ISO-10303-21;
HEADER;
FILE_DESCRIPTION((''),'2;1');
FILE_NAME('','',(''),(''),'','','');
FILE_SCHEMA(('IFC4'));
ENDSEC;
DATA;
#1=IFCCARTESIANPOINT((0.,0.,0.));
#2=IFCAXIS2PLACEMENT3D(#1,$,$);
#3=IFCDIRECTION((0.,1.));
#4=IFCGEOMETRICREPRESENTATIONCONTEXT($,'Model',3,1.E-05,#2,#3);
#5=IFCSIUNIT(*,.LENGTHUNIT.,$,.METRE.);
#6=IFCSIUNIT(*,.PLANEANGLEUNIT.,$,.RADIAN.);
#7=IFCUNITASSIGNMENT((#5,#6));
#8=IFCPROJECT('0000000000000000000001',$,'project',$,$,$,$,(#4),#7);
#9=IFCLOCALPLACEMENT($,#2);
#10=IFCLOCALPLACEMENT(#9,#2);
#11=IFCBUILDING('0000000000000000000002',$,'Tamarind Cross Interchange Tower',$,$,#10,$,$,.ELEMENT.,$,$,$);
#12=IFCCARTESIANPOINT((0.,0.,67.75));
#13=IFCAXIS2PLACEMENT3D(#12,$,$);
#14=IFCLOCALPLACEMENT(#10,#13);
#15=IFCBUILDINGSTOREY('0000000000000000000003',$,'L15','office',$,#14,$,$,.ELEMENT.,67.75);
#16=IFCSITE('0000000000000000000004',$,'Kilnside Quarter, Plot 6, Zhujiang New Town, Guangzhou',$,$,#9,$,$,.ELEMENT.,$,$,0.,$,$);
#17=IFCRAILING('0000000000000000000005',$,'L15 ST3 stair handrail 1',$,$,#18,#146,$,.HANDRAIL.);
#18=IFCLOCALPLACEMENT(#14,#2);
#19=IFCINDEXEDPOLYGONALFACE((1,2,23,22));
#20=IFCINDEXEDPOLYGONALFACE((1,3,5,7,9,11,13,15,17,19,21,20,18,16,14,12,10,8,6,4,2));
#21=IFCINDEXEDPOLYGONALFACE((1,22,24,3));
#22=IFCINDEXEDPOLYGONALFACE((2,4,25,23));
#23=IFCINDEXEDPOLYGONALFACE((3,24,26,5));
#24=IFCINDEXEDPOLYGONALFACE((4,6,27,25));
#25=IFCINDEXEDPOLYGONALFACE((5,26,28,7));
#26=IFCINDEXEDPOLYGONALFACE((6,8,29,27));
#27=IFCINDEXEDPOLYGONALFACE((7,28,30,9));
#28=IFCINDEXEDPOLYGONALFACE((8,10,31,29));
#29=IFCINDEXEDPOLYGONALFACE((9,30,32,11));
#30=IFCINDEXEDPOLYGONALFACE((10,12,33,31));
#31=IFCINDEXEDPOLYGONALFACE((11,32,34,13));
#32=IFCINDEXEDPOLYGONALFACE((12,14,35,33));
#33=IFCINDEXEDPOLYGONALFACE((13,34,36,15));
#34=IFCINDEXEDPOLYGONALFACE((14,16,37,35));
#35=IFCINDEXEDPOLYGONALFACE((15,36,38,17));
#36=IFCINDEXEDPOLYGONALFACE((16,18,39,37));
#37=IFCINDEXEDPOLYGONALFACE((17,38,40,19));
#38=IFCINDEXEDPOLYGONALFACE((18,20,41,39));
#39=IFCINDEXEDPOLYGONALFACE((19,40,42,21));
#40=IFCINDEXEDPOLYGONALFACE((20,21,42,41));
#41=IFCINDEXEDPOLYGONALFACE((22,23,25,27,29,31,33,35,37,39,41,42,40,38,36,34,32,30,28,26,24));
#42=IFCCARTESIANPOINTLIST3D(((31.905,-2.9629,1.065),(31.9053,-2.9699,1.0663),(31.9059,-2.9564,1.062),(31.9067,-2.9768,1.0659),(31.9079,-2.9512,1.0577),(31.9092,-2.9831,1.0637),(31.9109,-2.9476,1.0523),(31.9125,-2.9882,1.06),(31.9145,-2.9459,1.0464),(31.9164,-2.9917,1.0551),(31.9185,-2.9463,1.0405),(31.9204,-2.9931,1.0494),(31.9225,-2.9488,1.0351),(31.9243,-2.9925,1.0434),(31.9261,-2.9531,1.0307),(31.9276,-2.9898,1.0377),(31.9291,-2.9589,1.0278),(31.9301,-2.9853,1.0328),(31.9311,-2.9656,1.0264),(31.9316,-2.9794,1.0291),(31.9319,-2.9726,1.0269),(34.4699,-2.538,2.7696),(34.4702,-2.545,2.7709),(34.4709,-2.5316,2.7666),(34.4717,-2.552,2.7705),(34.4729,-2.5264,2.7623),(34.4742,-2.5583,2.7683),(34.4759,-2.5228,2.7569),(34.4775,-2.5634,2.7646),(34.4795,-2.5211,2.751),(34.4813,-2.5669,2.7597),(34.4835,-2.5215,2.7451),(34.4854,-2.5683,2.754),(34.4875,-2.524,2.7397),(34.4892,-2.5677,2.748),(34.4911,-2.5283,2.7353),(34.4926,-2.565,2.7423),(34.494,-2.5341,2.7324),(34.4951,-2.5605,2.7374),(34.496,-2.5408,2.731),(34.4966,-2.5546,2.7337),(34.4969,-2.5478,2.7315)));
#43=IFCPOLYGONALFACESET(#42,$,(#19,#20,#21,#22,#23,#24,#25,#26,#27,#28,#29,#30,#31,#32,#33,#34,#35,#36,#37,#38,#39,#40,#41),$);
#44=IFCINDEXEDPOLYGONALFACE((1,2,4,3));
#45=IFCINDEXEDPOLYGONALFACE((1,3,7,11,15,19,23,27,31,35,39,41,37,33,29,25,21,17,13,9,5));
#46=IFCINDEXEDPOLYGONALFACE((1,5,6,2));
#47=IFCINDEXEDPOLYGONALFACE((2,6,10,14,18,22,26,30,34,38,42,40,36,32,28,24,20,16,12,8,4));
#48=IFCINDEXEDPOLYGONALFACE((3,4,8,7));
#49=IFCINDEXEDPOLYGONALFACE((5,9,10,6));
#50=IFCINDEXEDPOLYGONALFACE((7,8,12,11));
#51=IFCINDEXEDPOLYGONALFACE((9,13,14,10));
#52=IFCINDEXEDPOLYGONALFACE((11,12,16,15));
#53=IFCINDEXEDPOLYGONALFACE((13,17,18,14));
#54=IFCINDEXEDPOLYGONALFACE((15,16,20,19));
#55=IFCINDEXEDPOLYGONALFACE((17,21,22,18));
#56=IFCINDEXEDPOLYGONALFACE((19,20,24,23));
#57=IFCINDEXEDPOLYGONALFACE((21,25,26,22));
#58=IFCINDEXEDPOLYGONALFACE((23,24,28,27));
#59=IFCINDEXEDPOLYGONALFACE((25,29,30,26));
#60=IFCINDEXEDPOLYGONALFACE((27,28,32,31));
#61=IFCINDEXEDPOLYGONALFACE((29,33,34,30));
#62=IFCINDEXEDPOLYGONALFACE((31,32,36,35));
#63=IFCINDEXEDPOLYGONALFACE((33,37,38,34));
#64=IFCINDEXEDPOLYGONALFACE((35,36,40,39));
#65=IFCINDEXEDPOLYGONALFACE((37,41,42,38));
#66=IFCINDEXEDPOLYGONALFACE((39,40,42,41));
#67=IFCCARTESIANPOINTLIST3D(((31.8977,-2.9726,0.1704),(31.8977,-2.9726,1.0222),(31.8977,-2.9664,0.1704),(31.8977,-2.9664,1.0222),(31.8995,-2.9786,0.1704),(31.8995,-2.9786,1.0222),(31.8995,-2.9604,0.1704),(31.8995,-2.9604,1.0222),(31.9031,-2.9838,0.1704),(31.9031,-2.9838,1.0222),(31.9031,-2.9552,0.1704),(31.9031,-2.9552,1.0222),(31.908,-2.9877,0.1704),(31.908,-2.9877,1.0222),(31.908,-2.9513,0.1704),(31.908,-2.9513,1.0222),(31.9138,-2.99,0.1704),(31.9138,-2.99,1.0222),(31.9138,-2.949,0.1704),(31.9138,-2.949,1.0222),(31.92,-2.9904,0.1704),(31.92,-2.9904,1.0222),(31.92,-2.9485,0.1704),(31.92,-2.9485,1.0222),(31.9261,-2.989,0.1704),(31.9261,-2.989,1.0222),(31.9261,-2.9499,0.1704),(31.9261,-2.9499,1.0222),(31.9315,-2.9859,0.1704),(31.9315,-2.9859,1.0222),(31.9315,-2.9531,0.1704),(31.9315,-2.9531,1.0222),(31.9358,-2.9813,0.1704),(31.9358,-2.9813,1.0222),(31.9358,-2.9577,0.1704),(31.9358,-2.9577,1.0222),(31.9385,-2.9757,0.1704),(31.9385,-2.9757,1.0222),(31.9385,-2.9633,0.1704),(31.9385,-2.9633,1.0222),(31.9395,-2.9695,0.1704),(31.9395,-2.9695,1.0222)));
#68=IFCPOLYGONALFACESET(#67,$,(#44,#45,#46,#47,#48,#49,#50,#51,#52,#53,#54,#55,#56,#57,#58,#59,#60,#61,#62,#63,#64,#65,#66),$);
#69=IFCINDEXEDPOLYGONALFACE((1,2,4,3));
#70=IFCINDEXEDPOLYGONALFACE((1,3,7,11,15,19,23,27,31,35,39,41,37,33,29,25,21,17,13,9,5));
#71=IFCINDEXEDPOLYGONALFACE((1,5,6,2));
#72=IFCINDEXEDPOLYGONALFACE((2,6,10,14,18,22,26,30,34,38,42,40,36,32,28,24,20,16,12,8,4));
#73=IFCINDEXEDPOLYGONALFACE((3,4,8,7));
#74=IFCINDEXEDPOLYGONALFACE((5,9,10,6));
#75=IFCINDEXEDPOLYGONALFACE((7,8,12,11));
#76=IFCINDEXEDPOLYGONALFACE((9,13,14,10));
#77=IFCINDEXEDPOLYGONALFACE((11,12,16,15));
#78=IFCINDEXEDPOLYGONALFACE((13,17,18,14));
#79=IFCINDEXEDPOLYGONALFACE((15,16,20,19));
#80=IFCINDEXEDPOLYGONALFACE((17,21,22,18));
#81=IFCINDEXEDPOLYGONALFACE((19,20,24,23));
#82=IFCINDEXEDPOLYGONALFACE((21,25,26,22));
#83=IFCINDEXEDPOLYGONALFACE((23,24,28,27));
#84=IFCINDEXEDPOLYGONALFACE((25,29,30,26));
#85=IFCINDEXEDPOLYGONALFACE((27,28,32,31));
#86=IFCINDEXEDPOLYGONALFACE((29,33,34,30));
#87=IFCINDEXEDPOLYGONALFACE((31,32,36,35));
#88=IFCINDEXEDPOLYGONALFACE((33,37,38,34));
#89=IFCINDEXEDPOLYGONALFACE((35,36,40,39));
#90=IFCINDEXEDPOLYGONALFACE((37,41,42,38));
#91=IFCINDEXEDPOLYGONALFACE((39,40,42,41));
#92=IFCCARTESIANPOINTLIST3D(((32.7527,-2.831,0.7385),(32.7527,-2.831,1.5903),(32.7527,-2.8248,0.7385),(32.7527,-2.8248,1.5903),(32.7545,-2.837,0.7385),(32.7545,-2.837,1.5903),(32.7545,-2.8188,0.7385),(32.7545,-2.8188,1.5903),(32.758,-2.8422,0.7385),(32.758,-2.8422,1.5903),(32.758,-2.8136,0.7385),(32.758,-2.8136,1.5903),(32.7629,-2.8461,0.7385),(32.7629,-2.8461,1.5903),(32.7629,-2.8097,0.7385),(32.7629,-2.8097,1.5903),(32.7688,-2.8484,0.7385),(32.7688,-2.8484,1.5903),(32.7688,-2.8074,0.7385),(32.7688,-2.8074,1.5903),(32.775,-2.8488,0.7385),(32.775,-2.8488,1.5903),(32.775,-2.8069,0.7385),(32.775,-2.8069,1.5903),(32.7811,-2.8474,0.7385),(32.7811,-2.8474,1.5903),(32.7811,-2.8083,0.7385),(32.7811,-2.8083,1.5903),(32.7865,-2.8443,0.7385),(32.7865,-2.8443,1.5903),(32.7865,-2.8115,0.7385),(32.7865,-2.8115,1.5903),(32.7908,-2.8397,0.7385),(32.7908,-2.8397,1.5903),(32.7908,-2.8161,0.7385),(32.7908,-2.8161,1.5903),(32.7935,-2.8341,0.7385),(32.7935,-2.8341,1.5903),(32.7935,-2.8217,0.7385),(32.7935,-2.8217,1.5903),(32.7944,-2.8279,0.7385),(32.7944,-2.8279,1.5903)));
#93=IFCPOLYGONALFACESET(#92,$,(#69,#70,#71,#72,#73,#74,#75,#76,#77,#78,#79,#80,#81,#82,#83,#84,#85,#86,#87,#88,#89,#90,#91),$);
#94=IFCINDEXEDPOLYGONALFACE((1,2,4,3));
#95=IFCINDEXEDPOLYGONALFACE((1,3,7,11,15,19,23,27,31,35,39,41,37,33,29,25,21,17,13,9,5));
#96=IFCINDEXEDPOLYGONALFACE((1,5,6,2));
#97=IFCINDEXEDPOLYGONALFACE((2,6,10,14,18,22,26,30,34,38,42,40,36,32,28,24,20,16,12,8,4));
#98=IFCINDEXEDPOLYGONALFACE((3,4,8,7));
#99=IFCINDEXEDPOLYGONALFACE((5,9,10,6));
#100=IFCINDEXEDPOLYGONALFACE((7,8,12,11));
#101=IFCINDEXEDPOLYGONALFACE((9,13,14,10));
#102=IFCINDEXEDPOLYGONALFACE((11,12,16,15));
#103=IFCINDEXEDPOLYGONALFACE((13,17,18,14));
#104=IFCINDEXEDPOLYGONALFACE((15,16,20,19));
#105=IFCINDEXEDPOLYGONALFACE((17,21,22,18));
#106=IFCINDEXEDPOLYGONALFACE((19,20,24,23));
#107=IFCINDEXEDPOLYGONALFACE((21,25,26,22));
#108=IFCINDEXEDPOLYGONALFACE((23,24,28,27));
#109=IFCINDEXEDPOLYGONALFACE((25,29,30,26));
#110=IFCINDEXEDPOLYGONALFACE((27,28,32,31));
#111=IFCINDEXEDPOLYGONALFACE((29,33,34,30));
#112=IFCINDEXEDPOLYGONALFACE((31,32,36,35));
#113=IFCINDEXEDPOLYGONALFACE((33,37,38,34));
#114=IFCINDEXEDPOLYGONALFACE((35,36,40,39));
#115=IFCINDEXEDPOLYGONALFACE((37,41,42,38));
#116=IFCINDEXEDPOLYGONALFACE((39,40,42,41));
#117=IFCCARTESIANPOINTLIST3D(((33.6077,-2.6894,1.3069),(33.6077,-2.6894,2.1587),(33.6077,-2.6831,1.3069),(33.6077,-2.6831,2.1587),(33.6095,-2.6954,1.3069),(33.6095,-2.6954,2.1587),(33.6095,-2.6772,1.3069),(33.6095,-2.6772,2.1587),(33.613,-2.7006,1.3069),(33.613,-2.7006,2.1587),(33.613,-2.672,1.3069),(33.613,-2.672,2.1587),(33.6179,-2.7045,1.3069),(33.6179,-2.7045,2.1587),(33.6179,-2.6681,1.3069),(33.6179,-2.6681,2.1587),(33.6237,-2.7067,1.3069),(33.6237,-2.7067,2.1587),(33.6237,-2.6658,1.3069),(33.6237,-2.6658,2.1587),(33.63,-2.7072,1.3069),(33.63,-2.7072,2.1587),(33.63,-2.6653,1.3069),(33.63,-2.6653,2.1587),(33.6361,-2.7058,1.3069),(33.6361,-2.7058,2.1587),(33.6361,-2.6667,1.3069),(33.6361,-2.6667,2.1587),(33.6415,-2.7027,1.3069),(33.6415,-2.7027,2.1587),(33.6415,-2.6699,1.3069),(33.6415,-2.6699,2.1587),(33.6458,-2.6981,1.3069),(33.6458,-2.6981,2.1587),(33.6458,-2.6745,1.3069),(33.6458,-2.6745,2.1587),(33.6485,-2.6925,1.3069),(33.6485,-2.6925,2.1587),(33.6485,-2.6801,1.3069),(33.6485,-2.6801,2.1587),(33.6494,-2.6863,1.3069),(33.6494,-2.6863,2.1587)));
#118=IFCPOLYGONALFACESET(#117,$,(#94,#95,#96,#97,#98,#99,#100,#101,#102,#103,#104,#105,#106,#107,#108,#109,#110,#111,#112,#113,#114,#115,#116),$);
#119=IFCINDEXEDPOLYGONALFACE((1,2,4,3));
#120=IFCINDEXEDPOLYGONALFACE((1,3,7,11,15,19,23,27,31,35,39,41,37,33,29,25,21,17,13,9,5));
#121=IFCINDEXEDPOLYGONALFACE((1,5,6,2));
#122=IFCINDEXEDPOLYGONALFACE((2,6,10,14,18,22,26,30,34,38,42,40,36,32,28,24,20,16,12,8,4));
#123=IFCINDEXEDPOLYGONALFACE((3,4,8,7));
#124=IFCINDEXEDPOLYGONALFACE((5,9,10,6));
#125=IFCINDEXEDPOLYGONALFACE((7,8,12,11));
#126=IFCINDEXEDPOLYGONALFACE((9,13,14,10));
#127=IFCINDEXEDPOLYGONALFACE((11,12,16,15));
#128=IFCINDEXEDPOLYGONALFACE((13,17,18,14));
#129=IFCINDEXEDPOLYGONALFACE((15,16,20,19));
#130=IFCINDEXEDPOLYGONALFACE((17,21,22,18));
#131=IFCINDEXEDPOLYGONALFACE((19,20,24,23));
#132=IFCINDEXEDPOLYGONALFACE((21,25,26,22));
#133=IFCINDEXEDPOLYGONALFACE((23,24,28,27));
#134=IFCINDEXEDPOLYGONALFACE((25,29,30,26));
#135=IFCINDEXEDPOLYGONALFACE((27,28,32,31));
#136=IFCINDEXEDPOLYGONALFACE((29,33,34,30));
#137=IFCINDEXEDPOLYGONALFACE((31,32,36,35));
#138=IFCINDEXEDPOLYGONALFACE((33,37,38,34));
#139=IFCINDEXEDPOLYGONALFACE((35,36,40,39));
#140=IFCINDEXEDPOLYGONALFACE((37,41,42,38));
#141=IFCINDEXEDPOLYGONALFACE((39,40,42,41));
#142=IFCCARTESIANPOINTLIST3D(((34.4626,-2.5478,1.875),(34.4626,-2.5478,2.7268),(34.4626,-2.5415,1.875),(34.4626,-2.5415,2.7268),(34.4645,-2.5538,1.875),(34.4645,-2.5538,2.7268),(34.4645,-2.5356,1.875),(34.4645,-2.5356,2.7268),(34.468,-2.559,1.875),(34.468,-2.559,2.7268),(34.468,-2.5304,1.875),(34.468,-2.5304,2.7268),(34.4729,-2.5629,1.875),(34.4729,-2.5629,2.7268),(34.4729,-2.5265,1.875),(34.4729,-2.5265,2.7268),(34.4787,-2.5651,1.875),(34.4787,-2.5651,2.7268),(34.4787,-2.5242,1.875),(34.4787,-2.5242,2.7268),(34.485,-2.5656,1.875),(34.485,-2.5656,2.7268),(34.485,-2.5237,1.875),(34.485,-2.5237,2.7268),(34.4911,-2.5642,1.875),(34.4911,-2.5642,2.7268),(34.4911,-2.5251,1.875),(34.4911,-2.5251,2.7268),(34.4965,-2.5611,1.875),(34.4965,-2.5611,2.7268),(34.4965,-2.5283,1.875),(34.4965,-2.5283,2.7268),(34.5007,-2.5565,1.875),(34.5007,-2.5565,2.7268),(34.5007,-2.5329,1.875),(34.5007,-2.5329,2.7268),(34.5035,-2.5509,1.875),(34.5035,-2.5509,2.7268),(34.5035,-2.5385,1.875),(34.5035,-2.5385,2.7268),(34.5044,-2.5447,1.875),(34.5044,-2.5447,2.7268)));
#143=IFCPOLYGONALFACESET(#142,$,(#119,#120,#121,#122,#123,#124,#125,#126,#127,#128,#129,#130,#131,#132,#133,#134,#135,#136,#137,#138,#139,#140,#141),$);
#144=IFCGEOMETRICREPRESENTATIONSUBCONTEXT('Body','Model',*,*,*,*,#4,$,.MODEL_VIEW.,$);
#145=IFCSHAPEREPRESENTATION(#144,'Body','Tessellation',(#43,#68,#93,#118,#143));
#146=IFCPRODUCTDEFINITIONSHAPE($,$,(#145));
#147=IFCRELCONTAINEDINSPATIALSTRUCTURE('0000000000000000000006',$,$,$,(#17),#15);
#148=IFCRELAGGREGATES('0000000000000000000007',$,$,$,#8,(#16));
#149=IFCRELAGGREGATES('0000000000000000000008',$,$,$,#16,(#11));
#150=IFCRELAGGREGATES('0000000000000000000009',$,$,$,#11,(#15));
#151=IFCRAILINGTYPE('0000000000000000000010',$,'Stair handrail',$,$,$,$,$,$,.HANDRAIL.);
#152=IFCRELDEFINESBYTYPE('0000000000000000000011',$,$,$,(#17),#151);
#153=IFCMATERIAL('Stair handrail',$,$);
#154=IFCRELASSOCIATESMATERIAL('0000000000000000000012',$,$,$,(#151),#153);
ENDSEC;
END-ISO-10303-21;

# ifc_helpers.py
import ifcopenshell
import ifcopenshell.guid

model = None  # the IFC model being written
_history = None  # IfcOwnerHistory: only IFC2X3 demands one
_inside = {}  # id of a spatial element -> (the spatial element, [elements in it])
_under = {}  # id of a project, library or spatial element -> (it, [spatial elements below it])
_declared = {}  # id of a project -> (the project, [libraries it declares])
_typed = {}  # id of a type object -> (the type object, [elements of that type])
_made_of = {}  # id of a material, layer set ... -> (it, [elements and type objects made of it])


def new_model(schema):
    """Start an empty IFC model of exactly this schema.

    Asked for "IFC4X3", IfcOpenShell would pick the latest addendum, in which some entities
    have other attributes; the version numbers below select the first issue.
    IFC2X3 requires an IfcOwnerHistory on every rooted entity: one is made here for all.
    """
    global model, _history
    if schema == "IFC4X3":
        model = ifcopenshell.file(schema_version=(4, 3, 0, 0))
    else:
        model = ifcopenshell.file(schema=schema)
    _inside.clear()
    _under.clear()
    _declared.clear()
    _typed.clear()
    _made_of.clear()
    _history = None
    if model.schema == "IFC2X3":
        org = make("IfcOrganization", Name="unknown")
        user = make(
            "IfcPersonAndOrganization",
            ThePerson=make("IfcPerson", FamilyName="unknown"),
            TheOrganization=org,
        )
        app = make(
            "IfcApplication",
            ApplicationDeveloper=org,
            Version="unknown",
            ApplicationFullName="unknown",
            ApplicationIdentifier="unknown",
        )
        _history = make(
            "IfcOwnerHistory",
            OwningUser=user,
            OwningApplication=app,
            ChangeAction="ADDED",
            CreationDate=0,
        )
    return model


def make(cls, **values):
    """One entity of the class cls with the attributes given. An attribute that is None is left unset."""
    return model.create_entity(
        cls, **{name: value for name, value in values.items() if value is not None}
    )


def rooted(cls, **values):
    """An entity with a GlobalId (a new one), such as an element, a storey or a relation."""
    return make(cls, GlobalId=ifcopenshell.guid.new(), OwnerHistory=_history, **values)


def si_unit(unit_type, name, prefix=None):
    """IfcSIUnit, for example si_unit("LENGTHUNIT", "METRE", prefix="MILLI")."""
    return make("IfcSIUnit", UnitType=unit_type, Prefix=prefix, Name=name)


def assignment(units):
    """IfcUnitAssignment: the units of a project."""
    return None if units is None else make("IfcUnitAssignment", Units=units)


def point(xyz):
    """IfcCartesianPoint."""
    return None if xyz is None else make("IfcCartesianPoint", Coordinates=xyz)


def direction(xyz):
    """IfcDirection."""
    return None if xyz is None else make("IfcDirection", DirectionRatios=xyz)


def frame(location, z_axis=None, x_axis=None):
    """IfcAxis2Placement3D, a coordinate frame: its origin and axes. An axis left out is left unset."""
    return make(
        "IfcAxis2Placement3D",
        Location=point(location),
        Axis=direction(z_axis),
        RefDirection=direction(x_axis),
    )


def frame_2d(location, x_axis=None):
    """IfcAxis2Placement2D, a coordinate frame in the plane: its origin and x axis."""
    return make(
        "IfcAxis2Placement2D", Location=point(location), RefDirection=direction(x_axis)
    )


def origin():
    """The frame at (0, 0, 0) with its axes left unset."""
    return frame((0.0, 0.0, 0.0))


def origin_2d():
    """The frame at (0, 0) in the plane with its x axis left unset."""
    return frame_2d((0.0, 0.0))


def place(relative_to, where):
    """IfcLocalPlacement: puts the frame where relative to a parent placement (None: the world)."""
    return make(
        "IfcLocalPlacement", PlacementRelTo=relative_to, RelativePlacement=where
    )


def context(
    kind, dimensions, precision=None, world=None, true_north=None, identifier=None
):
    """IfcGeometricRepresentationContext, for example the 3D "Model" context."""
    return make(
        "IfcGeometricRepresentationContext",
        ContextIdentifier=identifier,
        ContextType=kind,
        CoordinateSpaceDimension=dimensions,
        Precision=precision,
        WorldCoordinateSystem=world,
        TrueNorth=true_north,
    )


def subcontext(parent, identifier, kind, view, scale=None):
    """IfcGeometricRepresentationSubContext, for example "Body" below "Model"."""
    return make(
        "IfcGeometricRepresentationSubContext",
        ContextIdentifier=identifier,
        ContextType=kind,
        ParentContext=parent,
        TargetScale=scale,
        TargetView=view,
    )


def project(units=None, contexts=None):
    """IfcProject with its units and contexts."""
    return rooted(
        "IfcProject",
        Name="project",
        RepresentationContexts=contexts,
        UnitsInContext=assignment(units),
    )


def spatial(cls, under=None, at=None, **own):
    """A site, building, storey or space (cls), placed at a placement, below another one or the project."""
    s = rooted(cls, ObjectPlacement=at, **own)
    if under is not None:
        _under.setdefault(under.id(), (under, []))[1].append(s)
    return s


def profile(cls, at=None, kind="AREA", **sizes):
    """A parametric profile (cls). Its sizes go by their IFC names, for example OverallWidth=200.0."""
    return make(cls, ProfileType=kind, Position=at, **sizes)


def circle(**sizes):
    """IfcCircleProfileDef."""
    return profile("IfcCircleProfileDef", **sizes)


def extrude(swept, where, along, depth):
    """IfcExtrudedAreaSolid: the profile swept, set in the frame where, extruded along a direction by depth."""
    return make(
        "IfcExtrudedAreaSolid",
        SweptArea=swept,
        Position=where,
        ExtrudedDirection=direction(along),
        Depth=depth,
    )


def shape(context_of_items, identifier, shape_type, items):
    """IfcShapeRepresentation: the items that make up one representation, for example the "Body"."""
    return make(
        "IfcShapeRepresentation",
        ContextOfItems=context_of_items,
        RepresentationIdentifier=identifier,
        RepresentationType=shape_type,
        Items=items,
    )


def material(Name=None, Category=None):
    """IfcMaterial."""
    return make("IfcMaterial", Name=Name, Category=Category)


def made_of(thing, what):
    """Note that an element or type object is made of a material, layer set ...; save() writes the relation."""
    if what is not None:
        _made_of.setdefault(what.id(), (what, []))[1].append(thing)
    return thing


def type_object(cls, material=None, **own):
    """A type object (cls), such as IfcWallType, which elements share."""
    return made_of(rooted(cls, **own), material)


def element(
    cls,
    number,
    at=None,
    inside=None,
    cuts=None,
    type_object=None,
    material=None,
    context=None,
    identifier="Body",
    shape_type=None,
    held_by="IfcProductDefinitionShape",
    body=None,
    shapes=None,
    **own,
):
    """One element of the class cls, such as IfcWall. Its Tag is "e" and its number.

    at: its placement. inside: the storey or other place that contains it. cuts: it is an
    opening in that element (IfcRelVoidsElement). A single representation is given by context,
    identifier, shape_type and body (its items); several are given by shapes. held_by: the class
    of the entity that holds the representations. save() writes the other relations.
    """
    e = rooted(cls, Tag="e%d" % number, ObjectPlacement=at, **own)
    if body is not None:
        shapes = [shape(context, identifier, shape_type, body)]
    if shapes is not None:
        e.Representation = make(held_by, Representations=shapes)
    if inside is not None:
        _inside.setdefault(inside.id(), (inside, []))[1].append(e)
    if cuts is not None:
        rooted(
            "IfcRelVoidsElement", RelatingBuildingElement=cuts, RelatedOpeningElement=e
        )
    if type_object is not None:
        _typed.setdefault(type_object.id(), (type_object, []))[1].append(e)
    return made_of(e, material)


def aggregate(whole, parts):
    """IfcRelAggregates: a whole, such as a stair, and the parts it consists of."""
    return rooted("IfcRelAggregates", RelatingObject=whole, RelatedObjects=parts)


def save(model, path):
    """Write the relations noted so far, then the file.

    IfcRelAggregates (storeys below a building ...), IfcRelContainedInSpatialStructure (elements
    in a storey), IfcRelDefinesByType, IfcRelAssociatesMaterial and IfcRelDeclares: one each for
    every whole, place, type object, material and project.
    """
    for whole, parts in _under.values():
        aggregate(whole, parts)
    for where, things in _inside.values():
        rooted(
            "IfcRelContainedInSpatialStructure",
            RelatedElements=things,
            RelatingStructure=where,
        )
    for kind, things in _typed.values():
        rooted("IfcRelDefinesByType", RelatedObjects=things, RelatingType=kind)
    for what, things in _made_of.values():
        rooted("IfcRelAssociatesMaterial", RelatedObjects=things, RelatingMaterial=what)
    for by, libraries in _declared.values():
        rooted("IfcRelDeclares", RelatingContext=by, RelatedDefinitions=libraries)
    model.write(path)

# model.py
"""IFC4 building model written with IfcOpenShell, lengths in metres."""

from ifc_helpers import new_model, si_unit, direction, frame, origin, origin_2d, place, context, subcontext, project, spatial, circle, extrude, material, type_object, element, save


model = new_model("IFC4")

# Units and contexts
model_context = context("Model", 3, precision=1e-05, world=origin(), true_north=direction((0.0, 1.0)))
body_context = subcontext(model_context, "Body", "Model", "MODEL_VIEW")
ifc_project = project(units=[si_unit("LENGTHUNIT", "METRE"), si_unit("PLANEANGLEUNIT", "RADIAN")], contexts=[model_context])

# Site, building, storey
site_placement = place(None, origin())
site = spatial("IfcSite", under=ifc_project, at=site_placement, Name="Kilnside Quarter, Plot 6, Zhujiang New Town, Guangzhou", CompositionType="ELEMENT", RefElevation=0.0)
building_placement = place(site_placement, origin())
building = spatial("IfcBuilding", under=site, at=building_placement, Name="Tamarind Cross Interchange Tower", CompositionType="ELEMENT")
storey_placement = place(building_placement, frame((0.0, 0.0, 67.75)))
storey = spatial("IfcBuildingStorey", under=building, at=storey_placement, Name="L15", Description="office", CompositionType="ELEMENT", Elevation=67.75)

# Railing
ifc_material_1 = material(Name="Stair handrail")
railing_type_1 = type_object("IfcRailingType", Name="Stair handrail", PredefinedType="HANDRAIL", material=ifc_material_1)
railing_1_placement = place(storey_placement, frame((31.9185, -2.9695, 0.1704)))
element("IfcRailing", 1, at=railing_1_placement, inside=storey, type_object=railing_type_1, Name="L15 ST3 stair handrail 1", PredefinedType="HANDRAIL", context=body_context, shape_type="SweptSolid", body=[
    extrude(circle(Radius=0.0239, at=origin_2d()), frame((0.0, 0.0, 0.876), z_axis=(0.825042, 0.136643, 0.548301), x_axis=(-0.163394, 0.986561, 0.0)), (0.0, 0.0, 1.0), 3.1089),
    extrude(circle(Radius=0.021, at=origin_2d()), origin(), (0.0, 0.0, 1.0), 0.8518),
    extrude(circle(Radius=0.021, at=origin_2d()), frame((0.855, 0.1416, 0.5681)), (0.0, 0.0, 1.0), 0.8518),
    extrude(circle(Radius=0.021, at=origin_2d()), frame((1.71, 0.2832, 1.1365)), (0.0, 0.0, 1.0), 0.8518),
    extrude(circle(Radius=0.021, at=origin_2d()), frame((2.5649, 0.4248, 1.7046)), (0.0, 0.0, 1.0), 0.8518),
])

save(model, "model.ifc")
